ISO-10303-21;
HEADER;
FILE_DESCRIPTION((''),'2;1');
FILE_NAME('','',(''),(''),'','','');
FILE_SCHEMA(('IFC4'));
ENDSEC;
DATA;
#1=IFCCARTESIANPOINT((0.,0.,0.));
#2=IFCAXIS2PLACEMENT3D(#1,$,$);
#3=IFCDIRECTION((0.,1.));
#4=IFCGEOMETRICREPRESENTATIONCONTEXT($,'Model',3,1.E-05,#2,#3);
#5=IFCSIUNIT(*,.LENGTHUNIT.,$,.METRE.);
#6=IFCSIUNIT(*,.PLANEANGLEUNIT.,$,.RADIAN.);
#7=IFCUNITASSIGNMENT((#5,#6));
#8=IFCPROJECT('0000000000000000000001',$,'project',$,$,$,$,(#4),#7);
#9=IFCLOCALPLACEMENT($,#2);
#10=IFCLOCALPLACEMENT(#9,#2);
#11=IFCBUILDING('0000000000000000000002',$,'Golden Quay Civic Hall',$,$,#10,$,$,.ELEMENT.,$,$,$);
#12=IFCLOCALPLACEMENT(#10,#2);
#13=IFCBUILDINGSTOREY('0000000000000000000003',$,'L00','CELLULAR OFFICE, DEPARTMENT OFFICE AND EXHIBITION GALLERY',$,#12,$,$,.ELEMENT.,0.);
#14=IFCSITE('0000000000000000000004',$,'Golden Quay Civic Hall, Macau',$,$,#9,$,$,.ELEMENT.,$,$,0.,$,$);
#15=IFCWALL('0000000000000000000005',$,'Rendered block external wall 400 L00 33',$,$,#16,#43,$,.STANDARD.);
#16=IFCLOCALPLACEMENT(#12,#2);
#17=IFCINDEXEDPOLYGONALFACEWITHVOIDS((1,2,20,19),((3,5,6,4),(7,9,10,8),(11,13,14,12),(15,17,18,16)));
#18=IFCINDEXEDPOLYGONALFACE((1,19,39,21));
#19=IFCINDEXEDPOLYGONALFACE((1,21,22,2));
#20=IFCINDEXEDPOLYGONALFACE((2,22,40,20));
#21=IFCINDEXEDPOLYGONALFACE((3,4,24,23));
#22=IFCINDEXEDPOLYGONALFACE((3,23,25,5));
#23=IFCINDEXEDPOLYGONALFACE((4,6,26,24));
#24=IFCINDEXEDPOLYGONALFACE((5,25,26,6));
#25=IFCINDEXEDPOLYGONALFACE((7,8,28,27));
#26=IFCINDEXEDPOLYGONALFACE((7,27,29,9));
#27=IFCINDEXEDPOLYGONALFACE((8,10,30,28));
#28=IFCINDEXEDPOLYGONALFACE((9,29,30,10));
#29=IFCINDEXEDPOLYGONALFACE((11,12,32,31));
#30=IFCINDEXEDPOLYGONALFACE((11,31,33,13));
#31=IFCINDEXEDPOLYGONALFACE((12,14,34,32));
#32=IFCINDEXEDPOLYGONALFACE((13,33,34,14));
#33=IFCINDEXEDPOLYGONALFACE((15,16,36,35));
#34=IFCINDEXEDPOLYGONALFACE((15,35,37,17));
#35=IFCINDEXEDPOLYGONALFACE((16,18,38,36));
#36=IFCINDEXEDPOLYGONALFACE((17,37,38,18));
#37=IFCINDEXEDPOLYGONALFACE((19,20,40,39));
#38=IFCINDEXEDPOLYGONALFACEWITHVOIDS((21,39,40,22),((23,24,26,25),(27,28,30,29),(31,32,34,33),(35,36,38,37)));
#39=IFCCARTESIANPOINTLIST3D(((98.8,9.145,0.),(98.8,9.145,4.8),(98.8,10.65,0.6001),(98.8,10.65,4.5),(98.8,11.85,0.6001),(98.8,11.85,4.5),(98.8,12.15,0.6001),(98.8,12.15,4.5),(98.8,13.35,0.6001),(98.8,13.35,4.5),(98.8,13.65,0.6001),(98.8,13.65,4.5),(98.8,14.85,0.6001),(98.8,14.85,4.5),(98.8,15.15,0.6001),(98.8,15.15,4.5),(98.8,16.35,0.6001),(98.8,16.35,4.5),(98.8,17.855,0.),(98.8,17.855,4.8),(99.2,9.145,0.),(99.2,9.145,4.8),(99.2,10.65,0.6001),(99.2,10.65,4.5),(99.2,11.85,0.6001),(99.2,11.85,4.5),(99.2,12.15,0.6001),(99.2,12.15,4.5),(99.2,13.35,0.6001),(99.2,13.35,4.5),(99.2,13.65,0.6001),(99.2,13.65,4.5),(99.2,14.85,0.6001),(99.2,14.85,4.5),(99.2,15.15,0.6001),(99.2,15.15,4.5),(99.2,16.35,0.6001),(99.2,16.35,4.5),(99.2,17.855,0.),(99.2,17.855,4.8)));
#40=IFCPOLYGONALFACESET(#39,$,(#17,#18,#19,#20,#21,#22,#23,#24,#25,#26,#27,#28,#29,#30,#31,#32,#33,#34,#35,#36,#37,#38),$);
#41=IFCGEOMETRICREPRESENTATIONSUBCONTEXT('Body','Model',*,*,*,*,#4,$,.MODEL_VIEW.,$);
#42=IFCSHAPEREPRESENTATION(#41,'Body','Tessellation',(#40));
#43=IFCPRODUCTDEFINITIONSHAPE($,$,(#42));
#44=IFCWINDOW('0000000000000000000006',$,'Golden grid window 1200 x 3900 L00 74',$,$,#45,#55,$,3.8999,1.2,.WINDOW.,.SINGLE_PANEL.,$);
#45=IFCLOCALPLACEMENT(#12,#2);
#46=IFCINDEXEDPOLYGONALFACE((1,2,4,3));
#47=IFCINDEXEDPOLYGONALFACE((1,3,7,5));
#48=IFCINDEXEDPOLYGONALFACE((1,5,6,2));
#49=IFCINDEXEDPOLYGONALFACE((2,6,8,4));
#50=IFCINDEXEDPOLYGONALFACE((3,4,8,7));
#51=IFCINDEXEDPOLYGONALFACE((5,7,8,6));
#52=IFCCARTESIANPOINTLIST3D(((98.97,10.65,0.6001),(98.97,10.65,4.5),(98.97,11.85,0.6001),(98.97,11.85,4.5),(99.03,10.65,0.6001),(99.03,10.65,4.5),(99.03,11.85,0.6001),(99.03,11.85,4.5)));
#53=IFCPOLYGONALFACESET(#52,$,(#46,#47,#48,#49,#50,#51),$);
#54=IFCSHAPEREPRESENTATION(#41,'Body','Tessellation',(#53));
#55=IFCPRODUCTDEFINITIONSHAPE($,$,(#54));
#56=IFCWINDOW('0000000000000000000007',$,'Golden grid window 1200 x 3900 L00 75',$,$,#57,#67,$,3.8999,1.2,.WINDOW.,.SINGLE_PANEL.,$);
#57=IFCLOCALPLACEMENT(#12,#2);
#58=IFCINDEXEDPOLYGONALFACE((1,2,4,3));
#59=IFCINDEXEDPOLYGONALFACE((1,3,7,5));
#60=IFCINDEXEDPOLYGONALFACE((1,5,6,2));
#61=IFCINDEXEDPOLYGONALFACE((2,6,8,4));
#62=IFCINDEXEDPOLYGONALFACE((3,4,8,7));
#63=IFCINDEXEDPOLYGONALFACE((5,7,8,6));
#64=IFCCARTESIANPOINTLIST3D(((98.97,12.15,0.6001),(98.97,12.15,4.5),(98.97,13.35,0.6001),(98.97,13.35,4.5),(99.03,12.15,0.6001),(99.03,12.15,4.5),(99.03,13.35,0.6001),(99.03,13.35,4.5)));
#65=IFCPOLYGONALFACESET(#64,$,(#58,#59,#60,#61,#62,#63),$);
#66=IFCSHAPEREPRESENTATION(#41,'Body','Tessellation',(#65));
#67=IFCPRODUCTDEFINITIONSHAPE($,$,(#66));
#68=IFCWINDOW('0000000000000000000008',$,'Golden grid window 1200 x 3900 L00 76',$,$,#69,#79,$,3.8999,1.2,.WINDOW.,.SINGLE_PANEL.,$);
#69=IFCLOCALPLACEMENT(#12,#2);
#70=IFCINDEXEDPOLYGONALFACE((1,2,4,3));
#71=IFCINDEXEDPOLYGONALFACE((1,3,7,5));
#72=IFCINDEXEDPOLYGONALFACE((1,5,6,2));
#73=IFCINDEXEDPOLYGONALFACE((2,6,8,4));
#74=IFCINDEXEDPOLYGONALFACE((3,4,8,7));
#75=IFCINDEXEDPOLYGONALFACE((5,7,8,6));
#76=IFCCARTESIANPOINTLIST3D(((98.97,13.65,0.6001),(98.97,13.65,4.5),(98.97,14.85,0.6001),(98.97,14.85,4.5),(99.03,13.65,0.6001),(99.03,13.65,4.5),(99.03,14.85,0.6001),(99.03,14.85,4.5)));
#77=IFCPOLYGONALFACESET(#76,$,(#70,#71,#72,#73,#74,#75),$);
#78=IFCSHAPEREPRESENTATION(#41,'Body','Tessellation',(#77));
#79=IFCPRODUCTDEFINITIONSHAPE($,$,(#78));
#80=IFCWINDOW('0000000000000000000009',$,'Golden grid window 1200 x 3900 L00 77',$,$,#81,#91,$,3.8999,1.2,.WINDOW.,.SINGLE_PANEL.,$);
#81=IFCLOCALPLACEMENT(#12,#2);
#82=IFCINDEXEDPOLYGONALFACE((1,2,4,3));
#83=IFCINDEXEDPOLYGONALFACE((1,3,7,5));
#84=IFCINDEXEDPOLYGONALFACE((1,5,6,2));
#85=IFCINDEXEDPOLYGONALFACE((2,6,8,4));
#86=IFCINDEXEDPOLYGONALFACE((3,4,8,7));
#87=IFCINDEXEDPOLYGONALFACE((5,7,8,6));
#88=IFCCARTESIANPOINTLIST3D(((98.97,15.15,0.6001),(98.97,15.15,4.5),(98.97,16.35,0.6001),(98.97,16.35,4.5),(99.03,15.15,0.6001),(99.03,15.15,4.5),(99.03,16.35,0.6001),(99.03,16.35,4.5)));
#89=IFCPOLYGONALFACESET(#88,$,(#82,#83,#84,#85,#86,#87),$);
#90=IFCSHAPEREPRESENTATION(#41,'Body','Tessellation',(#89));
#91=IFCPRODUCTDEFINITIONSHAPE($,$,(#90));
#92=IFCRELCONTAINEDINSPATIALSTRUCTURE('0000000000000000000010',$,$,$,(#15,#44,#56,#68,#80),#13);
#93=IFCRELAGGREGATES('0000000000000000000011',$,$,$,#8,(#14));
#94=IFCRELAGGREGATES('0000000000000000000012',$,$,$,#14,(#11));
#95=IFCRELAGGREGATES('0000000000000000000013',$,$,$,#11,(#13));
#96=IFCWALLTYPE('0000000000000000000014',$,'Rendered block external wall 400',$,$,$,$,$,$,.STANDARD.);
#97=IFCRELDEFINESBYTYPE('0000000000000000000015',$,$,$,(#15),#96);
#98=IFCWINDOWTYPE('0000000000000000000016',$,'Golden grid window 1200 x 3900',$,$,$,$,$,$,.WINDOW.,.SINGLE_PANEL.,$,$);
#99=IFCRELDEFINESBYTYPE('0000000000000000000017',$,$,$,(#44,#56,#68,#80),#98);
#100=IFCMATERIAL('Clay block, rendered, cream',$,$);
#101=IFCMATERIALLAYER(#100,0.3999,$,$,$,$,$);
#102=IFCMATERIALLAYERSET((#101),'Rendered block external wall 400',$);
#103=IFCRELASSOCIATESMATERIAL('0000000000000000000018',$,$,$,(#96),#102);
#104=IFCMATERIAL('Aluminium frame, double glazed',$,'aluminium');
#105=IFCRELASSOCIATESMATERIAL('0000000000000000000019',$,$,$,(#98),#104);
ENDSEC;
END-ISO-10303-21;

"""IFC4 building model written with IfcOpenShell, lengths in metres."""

from ifc_helpers import new_model, si_unit, direction, frame, frame_2d, origin, place, context, subcontext, project, spatial, rectangle, extrude, material, layer, layer_set, type_object, element, fill, save


model = new_model("IFC4")

# Units and contexts
model_context = context("Model", 3, precision=1e-05, world=origin(), true_north=direction((0.0, 1.0)))
body_context = subcontext(model_context, "Body", "Model", "MODEL_VIEW")
ifc_project = project(units=[si_unit("LENGTHUNIT", "METRE"), si_unit("PLANEANGLEUNIT", "RADIAN")], contexts=[model_context])

# Site, building, storey
site_placement = place(None, origin())
site = spatial("IfcSite", under=ifc_project, at=site_placement, Name="Golden Quay Civic Hall, Macau", CompositionType="ELEMENT", RefElevation=0.0)
building_placement = place(site_placement, origin())
building = spatial("IfcBuilding", under=site, at=building_placement, Name="Golden Quay Civic Hall", CompositionType="ELEMENT")
storey_placement = place(building_placement, origin())
storey = spatial("IfcBuildingStorey", under=building, at=storey_placement, Name="L00", Description="CELLULAR OFFICE, DEPARTMENT OFFICE AND EXHIBITION GALLERY", CompositionType="ELEMENT", Elevation=0.0)

# Wall, openings, windows
ifc_material_1 = material(Name="Clay block, rendered, cream")
ifc_layer_1 = layer(ifc_material_1, 0.3999)
ifc_layer_set_1 = layer_set([ifc_layer_1], Name="Rendered block external wall 400")
wall_type_1 = type_object("IfcWallType", Name="Rendered block external wall 400", PredefinedType="STANDARD", material=ifc_layer_set_1)
wall_1_placement = place(storey_placement, frame((99.0, 9.145, 0.0), z_axis=(0.0, 0.0, 1.0), x_axis=(0.0, 1.0, 0.0)))
wall_1 = element("IfcWall", 1, at=wall_1_placement, inside=storey, type_object=wall_type_1, Name="Rendered block external wall 400 L00 33", PredefinedType="STANDARD", context=body_context, shape_type="SweptSolid", body=[
    extrude(rectangle(XDim=8.71, YDim=0.3999, at=frame_2d((4.355, 0.0))), origin(), (0.0, 0.0, 1.0), 4.8),
])
opening_1_placement = place(wall_1_placement, frame((1.5049, 0.0, 0.6001)))
opening_1 = element("IfcOpeningElement", 2, at=opening_1_placement, cuts=wall_1, PredefinedType="OPENING", context=body_context, shape_type="SweptSolid", body=[
    extrude(rectangle(XDim=1.2, YDim=3.8999, at=frame_2d((0.6001, 1.95))), frame((0.0, 0.21, 0.0), z_axis=(0.0, -1.0, 0.0), x_axis=(1.0, 0.0, 0.0)), (0.0, 0.0, 1.0), 0.4199),
])
opening_2_placement = place(wall_1_placement, frame((3.0049, 0.0, 0.6001)))
opening_2 = element("IfcOpeningElement", 3, at=opening_2_placement, cuts=wall_1, PredefinedType="OPENING", context=body_context, shape_type="SweptSolid", body=[
    extrude(rectangle(XDim=1.2, YDim=3.8999, at=frame_2d((0.6001, 1.95))), frame((0.0, 0.21, 0.0), z_axis=(0.0, -1.0, 0.0), x_axis=(1.0, 0.0, 0.0)), (0.0, 0.0, 1.0), 0.4199),
])
opening_3_placement = place(wall_1_placement, frame((4.5049, 0.0, 0.6001)))
opening_3 = element("IfcOpeningElement", 4, at=opening_3_placement, cuts=wall_1, PredefinedType="OPENING", context=body_context, shape_type="SweptSolid", body=[
    extrude(rectangle(XDim=1.2, YDim=3.8999, at=frame_2d((0.6001, 1.95))), frame((0.0, 0.21, 0.0), z_axis=(0.0, -1.0, 0.0), x_axis=(1.0, 0.0, 0.0)), (0.0, 0.0, 1.0), 0.4199),
])
opening_4_placement = place(wall_1_placement, frame((6.0049, 0.0, 0.6001)))
opening_4 = element("IfcOpeningElement", 5, at=opening_4_placement, cuts=wall_1, PredefinedType="OPENING", context=body_context, shape_type="SweptSolid", body=[
    extrude(rectangle(XDim=1.2, YDim=3.8999, at=frame_2d((0.6001, 1.95))), frame((0.0, 0.21, 0.0), z_axis=(0.0, -1.0, 0.0), x_axis=(1.0, 0.0, 0.0)), (0.0, 0.0, 1.0), 0.4199),
])
ifc_material_2 = material(Name="Aluminium frame, double glazed", Category="aluminium")
window_type = type_object("IfcWindowType", Name="Golden grid window 1200 x 3900", PartitioningType="SINGLE_PANEL", PredefinedType="WINDOW", material=ifc_material_2)
window_1_placement = place(opening_1_placement, origin())
window_1 = element("IfcWindow", 6, at=window_1_placement, inside=storey, type_object=window_type, Name="Golden grid window 1200 x 3900 L00 74", OverallHeight=3.8999, OverallWidth=1.2, PartitioningType="SINGLE_PANEL", PredefinedType="WINDOW", context=body_context, shape_type="SweptSolid", body=[
    extrude(rectangle(XDim=1.2, YDim=3.8999, at=frame_2d((0.6001, 1.95))), frame((0.0, 0.03, 0.0), z_axis=(0.0, -1.0, 0.0), x_axis=(1.0, 0.0, 0.0)), (0.0, 0.0, 1.0), 0.0601),
])
fill(opening_1, window_1)
window_2_placement = place(opening_2_placement, origin())
window_2 = element("IfcWindow", 7, at=window_2_placement, inside=storey, type_object=window_type, Name="Golden grid window 1200 x 3900 L00 75", OverallHeight=3.8999, OverallWidth=1.2, PartitioningType="SINGLE_PANEL", PredefinedType="WINDOW", context=body_context, shape_type="SweptSolid", body=[
    extrude(rectangle(XDim=1.2, YDim=3.8999, at=frame_2d((0.6001, 1.95))), frame((0.0, 0.03, 0.0), z_axis=(0.0, -1.0, 0.0), x_axis=(1.0, 0.0, 0.0)), (0.0, 0.0, 1.0), 0.0601),
])
fill(opening_2, window_2)
window_3_placement = place(opening_3_placement, origin())
window_3 = element("IfcWindow", 8, at=window_3_placement, inside=storey, type_object=window_type, Name="Golden grid window 1200 x 3900 L00 76", OverallHeight=3.8999, OverallWidth=1.2, PartitioningType="SINGLE_PANEL", PredefinedType="WINDOW", context=body_context, shape_type="SweptSolid", body=[
    extrude(rectangle(XDim=1.2, YDim=3.8999, at=frame_2d((0.6001, 1.95))), frame((0.0, 0.03, 0.0), z_axis=(0.0, -1.0, 0.0), x_axis=(1.0, 0.0, 0.0)), (0.0, 0.0, 1.0), 0.0601),
])
fill(opening_3, window_3)
window_4_placement = place(opening_4_placement, origin())
window_4 = element("IfcWindow", 9, at=window_4_placement, inside=storey, type_object=window_type, Name="Golden grid window 1200 x 3900 L00 77", OverallHeight=3.8999, OverallWidth=1.2, PartitioningType="SINGLE_PANEL", PredefinedType="WINDOW", context=body_context, shape_type="SweptSolid", body=[
    extrude(rectangle(XDim=1.2, YDim=3.8999, at=frame_2d((0.6001, 1.95))), frame((0.0, 0.03, 0.0), z_axis=(0.0, -1.0, 0.0), x_axis=(1.0, 0.0, 0.0)), (0.0, 0.0, 1.0), 0.0601),
])
fill(opening_4, window_4)

save(model, "model.ifc")
